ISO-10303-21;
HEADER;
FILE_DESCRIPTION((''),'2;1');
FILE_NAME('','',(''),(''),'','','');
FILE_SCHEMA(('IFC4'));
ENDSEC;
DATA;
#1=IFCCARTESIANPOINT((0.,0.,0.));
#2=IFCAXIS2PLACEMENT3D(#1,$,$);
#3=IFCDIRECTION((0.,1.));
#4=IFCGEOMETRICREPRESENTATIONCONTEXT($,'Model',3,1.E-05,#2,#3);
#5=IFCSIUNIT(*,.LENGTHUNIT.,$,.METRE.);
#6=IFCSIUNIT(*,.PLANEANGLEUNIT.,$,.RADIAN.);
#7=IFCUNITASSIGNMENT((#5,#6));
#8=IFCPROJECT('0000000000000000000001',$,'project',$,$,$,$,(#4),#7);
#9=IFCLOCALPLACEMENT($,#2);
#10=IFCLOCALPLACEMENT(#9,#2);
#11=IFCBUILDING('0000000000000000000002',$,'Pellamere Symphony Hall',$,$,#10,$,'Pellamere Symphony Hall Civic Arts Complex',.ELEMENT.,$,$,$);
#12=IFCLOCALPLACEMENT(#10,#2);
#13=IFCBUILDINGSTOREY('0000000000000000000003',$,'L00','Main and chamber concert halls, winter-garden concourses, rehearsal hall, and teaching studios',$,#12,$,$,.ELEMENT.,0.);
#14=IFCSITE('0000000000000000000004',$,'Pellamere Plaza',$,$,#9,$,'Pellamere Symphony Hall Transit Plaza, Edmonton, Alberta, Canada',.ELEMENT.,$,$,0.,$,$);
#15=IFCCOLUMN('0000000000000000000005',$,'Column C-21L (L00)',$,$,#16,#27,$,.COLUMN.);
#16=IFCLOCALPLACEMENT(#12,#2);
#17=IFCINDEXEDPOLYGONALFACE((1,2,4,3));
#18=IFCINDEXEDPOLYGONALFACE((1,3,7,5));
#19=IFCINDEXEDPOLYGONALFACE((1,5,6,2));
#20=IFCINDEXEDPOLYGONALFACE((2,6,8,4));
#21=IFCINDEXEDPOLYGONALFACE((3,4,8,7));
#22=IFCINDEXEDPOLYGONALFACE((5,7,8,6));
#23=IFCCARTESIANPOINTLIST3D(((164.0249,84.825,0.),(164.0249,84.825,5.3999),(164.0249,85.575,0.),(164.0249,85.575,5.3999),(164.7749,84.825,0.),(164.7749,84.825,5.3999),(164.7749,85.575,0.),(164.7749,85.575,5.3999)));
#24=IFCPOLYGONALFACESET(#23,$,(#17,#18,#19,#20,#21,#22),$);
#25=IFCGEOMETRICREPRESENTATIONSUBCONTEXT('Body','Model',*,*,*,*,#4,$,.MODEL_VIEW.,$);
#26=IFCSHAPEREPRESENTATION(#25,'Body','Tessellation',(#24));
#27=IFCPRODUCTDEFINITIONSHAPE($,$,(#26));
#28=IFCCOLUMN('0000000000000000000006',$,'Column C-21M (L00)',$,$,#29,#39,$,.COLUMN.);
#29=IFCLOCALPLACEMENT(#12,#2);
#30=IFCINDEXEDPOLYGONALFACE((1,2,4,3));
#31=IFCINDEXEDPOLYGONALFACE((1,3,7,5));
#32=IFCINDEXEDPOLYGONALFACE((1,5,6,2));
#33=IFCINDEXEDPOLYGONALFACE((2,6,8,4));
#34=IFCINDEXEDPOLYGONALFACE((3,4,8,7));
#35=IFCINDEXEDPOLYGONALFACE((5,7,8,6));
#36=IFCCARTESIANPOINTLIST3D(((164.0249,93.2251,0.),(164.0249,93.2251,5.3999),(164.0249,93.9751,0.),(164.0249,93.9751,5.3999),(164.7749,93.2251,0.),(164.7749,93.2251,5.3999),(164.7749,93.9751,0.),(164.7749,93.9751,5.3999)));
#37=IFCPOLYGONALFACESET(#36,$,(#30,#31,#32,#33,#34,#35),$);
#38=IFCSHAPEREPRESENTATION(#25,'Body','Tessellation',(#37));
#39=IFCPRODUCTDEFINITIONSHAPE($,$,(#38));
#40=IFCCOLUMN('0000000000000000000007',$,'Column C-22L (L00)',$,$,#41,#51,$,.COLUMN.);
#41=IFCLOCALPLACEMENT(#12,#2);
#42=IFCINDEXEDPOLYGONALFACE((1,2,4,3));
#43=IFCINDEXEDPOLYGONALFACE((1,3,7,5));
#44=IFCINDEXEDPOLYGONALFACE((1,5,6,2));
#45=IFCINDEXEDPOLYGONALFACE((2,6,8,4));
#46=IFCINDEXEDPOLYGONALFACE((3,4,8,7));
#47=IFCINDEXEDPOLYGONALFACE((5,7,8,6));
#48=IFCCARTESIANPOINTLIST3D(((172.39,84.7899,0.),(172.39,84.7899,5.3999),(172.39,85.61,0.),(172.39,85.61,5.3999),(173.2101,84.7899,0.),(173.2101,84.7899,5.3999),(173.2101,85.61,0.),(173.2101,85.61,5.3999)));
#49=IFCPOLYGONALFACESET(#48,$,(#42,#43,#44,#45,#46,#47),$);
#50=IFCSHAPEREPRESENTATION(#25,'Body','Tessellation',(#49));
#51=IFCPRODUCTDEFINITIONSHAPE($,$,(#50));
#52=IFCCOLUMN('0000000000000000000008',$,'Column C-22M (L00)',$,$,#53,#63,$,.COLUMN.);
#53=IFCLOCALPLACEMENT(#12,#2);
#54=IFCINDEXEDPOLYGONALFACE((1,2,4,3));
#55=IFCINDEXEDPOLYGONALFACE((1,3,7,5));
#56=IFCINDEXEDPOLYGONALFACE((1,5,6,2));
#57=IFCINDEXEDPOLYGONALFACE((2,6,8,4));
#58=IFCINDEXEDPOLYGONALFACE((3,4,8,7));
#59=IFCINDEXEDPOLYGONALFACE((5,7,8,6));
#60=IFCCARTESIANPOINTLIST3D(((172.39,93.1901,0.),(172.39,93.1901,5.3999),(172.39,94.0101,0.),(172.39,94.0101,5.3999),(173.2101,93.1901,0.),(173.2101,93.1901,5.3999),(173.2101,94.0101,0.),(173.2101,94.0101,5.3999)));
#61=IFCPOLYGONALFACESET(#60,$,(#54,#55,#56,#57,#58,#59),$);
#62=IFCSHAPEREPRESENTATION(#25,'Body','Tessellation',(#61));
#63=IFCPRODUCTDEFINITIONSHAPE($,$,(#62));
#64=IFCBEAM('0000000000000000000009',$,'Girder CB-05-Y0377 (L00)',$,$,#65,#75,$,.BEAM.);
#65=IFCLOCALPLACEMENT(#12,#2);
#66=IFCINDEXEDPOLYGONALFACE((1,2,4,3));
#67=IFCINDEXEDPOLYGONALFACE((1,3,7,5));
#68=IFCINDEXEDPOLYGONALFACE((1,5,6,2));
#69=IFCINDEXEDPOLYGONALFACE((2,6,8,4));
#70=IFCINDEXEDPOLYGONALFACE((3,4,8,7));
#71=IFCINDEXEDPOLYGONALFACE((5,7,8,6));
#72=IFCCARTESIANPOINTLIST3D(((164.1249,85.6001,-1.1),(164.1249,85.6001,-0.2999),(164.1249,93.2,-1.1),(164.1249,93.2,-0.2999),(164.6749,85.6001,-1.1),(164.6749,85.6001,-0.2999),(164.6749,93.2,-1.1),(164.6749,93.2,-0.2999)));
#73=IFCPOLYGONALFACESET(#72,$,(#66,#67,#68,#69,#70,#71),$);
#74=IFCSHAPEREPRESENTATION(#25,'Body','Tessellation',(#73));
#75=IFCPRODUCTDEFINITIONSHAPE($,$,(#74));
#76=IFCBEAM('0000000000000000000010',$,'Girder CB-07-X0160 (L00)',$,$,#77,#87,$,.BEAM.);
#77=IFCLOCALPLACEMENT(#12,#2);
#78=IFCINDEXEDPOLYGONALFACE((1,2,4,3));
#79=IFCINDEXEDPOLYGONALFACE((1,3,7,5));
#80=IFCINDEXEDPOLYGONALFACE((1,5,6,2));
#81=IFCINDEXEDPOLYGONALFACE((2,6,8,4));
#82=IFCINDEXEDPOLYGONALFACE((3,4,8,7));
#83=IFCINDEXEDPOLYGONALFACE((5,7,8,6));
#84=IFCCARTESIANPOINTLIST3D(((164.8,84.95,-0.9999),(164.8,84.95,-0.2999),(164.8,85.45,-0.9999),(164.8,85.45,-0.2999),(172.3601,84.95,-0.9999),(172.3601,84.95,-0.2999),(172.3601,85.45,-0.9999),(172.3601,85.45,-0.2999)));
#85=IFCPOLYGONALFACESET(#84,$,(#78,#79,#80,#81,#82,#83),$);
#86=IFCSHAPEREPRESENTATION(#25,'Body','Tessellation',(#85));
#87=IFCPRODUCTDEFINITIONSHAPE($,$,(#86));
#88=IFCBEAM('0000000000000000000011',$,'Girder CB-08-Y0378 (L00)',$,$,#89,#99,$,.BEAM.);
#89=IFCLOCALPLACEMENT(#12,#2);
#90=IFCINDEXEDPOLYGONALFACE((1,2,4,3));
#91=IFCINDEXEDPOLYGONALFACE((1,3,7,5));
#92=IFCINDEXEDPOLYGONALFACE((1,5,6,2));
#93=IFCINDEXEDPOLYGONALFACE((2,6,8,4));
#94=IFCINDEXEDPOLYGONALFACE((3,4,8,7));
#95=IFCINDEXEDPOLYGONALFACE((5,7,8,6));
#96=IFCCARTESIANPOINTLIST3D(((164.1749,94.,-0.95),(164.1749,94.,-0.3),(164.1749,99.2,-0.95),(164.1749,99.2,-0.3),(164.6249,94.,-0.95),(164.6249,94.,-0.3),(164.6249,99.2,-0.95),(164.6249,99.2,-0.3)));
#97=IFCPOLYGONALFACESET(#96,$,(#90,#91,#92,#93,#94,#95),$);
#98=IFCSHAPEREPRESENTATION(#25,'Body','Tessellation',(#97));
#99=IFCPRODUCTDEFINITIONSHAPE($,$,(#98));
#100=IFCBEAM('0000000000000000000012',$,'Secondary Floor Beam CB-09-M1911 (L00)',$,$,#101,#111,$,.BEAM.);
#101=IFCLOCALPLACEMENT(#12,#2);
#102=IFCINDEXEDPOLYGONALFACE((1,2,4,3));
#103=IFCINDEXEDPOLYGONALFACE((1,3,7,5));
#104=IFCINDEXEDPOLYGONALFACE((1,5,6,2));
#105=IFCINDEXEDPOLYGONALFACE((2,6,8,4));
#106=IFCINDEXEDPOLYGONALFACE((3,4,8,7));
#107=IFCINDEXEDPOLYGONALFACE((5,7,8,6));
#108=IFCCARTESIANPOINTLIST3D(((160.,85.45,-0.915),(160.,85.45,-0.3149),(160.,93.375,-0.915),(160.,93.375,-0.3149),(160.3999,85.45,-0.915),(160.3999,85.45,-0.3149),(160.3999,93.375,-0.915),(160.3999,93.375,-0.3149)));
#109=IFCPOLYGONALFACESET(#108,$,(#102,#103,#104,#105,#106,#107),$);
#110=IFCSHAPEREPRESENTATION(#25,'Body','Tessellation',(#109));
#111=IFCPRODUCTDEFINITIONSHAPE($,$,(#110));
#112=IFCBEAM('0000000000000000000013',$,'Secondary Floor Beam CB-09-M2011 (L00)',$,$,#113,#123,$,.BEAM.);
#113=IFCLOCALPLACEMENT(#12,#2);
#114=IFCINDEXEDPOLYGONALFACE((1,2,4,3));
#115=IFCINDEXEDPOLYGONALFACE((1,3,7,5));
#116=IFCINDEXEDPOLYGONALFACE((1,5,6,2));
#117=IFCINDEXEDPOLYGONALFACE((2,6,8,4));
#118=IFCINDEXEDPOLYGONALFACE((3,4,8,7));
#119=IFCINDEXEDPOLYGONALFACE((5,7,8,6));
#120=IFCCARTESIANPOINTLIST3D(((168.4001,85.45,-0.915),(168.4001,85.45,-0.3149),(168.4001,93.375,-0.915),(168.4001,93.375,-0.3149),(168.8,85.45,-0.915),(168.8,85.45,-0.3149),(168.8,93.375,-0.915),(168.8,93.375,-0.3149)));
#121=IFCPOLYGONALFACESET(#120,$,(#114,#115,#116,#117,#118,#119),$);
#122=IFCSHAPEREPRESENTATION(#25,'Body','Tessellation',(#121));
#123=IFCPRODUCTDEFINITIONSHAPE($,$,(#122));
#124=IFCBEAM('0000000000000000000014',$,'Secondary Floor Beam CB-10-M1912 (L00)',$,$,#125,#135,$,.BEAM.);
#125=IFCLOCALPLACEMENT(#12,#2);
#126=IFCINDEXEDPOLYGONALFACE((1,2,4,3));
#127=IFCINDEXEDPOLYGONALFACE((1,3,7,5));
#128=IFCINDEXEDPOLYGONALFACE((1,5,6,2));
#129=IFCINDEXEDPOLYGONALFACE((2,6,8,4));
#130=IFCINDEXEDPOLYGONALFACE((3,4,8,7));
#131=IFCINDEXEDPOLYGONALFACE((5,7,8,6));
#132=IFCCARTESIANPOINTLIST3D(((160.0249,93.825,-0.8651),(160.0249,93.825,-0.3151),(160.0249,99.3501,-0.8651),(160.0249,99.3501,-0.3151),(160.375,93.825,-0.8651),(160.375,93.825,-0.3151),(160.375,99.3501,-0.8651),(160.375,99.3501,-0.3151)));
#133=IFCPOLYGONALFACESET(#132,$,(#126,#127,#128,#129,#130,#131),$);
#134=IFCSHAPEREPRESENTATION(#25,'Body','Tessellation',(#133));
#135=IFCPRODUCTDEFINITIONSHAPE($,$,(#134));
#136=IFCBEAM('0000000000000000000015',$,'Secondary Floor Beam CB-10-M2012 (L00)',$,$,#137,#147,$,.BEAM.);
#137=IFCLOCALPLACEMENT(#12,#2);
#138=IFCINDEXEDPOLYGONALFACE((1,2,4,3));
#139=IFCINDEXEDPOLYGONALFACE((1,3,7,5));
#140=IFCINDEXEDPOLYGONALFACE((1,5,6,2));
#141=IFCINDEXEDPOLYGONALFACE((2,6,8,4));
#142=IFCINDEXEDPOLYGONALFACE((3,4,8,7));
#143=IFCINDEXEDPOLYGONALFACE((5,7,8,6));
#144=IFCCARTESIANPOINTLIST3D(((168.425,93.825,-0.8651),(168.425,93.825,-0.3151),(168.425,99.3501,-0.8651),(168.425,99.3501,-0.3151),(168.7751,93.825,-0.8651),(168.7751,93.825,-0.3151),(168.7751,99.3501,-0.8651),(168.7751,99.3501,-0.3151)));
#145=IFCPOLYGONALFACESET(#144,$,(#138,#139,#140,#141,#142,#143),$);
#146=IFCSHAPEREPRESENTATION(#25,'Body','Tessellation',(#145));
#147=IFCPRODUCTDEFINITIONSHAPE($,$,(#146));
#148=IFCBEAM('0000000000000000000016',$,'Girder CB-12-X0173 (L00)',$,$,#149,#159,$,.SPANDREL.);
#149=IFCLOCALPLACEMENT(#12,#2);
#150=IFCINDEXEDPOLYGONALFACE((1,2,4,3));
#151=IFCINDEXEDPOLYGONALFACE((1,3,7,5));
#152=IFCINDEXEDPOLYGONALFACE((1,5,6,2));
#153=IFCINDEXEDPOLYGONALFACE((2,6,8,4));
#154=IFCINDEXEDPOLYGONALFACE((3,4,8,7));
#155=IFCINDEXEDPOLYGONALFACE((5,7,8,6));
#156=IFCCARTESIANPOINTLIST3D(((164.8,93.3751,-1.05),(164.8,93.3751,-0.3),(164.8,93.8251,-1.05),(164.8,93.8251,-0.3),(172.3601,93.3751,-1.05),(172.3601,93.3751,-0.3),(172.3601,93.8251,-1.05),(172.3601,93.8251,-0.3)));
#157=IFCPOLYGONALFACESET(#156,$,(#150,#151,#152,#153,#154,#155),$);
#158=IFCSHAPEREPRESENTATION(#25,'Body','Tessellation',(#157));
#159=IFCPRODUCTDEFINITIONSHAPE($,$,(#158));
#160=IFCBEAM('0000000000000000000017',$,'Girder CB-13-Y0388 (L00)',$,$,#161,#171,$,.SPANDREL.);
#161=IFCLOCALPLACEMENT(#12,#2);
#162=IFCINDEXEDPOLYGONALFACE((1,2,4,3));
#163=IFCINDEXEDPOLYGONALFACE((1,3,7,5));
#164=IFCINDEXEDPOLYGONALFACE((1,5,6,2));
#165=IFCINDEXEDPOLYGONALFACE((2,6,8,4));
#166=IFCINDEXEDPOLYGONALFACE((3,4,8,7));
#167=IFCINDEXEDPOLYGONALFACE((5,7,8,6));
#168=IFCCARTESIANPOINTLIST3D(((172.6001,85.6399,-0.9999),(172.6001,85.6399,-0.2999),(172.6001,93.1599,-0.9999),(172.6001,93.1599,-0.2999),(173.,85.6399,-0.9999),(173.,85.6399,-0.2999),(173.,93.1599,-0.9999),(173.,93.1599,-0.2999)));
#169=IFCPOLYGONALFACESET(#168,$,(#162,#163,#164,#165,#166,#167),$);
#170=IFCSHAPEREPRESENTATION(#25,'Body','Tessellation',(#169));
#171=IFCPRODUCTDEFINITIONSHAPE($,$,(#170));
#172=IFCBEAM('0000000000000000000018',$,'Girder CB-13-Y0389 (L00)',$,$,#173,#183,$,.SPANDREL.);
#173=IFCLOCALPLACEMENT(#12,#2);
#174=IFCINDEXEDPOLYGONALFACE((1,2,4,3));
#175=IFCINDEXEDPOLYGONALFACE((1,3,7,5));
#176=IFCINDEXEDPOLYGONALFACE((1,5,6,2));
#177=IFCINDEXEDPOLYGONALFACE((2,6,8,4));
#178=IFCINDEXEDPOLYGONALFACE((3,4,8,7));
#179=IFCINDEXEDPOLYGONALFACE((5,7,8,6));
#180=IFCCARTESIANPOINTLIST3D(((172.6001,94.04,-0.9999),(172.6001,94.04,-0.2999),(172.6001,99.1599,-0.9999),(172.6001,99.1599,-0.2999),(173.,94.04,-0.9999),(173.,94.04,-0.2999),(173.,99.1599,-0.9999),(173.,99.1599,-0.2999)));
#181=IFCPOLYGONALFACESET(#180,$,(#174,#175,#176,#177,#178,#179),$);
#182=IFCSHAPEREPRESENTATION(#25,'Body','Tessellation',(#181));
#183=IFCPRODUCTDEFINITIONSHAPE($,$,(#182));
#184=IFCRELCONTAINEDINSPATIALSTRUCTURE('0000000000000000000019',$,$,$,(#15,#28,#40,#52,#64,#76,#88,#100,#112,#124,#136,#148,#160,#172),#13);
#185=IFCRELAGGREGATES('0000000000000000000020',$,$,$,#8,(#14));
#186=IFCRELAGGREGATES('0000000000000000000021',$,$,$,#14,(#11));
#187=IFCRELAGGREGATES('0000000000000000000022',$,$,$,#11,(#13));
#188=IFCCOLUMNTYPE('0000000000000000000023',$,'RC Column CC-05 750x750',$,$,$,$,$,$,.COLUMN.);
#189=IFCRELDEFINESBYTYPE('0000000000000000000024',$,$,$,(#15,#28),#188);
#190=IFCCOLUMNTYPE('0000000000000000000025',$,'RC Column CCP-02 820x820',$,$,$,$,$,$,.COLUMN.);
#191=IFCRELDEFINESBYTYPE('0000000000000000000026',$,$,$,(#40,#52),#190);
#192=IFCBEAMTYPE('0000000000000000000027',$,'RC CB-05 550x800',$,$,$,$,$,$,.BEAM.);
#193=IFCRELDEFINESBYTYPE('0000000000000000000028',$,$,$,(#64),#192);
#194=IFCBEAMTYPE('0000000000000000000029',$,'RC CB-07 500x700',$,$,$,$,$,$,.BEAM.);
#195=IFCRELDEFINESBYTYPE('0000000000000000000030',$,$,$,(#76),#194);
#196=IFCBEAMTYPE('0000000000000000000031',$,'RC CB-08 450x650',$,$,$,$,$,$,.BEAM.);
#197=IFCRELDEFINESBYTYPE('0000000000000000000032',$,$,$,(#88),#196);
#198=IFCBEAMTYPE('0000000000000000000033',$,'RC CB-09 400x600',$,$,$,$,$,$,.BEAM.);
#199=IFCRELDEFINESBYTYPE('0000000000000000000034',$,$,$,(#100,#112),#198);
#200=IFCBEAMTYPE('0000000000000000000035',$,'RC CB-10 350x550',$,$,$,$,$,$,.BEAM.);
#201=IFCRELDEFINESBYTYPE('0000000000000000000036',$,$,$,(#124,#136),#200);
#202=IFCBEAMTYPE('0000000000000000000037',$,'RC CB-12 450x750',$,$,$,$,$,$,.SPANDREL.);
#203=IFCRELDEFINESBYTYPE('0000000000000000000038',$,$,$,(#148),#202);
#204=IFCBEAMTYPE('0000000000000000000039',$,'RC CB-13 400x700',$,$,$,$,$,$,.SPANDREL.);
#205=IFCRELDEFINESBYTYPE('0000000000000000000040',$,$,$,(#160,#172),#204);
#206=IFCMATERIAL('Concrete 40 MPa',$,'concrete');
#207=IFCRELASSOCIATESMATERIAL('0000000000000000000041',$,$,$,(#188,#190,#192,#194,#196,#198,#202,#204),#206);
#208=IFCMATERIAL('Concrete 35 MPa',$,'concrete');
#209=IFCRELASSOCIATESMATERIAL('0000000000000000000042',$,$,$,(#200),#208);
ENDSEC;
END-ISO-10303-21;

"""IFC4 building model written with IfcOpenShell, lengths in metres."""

from ifc_helpers import new_model, si_unit, direction, frame, origin, origin_2d, place, context, subcontext, project, spatial, rectangle, extrude, material, material_profile, profile_set, type_object, element, save


model = new_model("IFC4")

# Units and contexts
model_context = context("Model", 3, precision=1e-05, world=origin(), true_north=direction((0.0, 1.0)))
body_context = subcontext(model_context, "Body", "Model", "MODEL_VIEW")
ifc_project = project(units=[si_unit("LENGTHUNIT", "METRE"), si_unit("PLANEANGLEUNIT", "RADIAN")], contexts=[model_context])

# Site, building, storey
site_placement = place(None, origin())
site = spatial("IfcSite", under=ifc_project, at=site_placement, Name="Pellamere Plaza", LongName="Pellamere Symphony Hall Transit Plaza, Edmonton, Alberta, Canada", CompositionType="ELEMENT", RefElevation=0.0)
building_placement = place(site_placement, origin())
building = spatial("IfcBuilding", under=site, at=building_placement, Name="Pellamere Symphony Hall", LongName="Pellamere Symphony Hall Civic Arts Complex", CompositionType="ELEMENT")
storey_placement = place(building_placement, origin())
storey = spatial("IfcBuildingStorey", under=building, at=storey_placement, Name="L00", Description="Main and chamber concert halls, winter-garden concourses, rehearsal hall, and teaching studios", CompositionType="ELEMENT", Elevation=0.0)

# Columns
ifc_material_1 = material(Name="Concrete 40 MPa", Category="concrete")
ifc_material_profile_1 = material_profile(ifc_material_1, rectangle(XDim=0.75, YDim=0.75, at=origin_2d()), Name="RC 750x750")
ifc_profile_set_1 = profile_set([ifc_material_profile_1], Name="Concrete 40 MPa")
column_type_1 = type_object("IfcColumnType", Name="RC Column CC-05 750x750", PredefinedType="COLUMN", material=ifc_profile_set_1)
for number, where, z_axis, x_axis, name in (
    (1, (164.3999, 85.2, 0.0), (0.0, 0.0, 1.0), (1.0, 0.0, 0.0), "Column C-21L (L00)"),
    (2, (164.3999, 93.6001, 0.0), (0.0, 0.0, 1.0), (1.0, 0.0, 0.0), "Column C-21M (L00)"),
):
    element("IfcColumn", number, at=place(storey_placement, frame(where, z_axis=z_axis, x_axis=x_axis)), inside=storey, type_object=column_type_1, Name=name, PredefinedType="COLUMN", context=body_context, shape_type="SweptSolid", body=[
        extrude(rectangle(XDim=0.75, YDim=0.75, at=origin_2d()), origin(), (0.0, 0.0, 1.0), 5.3999),
    ])
ifc_material_profile_2 = material_profile(ifc_material_1, rectangle(XDim=0.8201, YDim=0.8201, at=origin_2d()), Name="RC 820x820")
ifc_profile_set_2 = profile_set([ifc_material_profile_2], Name="Concrete 40 MPa")
column_type_2 = type_object("IfcColumnType", Name="RC Column CCP-02 820x820", PredefinedType="COLUMN", material=ifc_profile_set_2)
for number, where, z_axis, x_axis, name in (
    (3, (172.8, 85.2, 0.0), (0.0, 0.0, 1.0), (1.0, 0.0, 0.0), "Column C-22L (L00)"),
    (4, (172.8, 93.6001, 0.0), (0.0, 0.0, 1.0), (1.0, 0.0, 0.0), "Column C-22M (L00)"),
):
    element("IfcColumn", number, at=place(storey_placement, frame(where, z_axis=z_axis, x_axis=x_axis)), inside=storey, type_object=column_type_2, Name=name, PredefinedType="COLUMN", context=body_context, shape_type="SweptSolid", body=[
        extrude(rectangle(XDim=0.8201, YDim=0.8201, at=origin_2d()), origin(), (0.0, 0.0, 1.0), 5.3999),
    ])

# Beams
ifc_material_profile_3 = material_profile(ifc_material_1, rectangle(XDim=0.55, YDim=0.8, at=origin_2d()), Name="RC 550x800")
ifc_profile_set_3 = profile_set([ifc_material_profile_3], Name="Concrete 40 MPa")
beam_type_1 = type_object("IfcBeamType", Name="RC CB-05 550x800", PredefinedType="BEAM", material=ifc_profile_set_3)
beam_1_placement = place(storey_placement, frame((164.3999, 85.6001, -0.7), z_axis=(0.0, 1.0, 0.0), x_axis=(-1.0, 0.0, 0.0)))
element("IfcBeam", 5, at=beam_1_placement, inside=storey, type_object=beam_type_1, Name="Girder CB-05-Y0377 (L00)", PredefinedType="BEAM", context=body_context, shape_type="SweptSolid", body=[
    extrude(rectangle(XDim=0.55, YDim=0.8, at=origin_2d()), origin(), (0.0, 0.0, 1.0), 7.5999),
])
ifc_material_profile_4 = material_profile(ifc_material_1, rectangle(XDim=0.5, YDim=0.7, at=origin_2d()), Name="RC 500x700")
ifc_profile_set_4 = profile_set([ifc_material_profile_4], Name="Concrete 40 MPa")
beam_type_2 = type_object("IfcBeamType", Name="RC CB-07 500x700", PredefinedType="BEAM", material=ifc_profile_set_4)
beam_2_placement = place(storey_placement, frame((164.8, 85.2, -0.6499), z_axis=(1.0, 0.0, 0.0), x_axis=(0.0, 1.0, 0.0)))
element("IfcBeam", 6, at=beam_2_placement, inside=storey, type_object=beam_type_2, Name="Girder CB-07-X0160 (L00)", PredefinedType="BEAM", context=body_context, shape_type="SweptSolid", body=[
    extrude(rectangle(XDim=0.5, YDim=0.7, at=origin_2d()), origin(), (0.0, 0.0, 1.0), 7.5601),
])
ifc_material_profile_5 = material_profile(ifc_material_1, rectangle(XDim=0.45, YDim=0.6499, at=origin_2d()), Name="RC 450x650")
ifc_profile_set_5 = profile_set([ifc_material_profile_5], Name="Concrete 40 MPa")
beam_type_3 = type_object("IfcBeamType", Name="RC CB-08 450x650", PredefinedType="BEAM", material=ifc_profile_set_5)
beam_3_placement = place(storey_placement, frame((164.3999, 94.0, -0.625), z_axis=(0.0, 1.0, 0.0), x_axis=(-1.0, 0.0, 0.0)))
element("IfcBeam", 7, at=beam_3_placement, inside=storey, type_object=beam_type_3, Name="Girder CB-08-Y0378 (L00)", PredefinedType="BEAM", context=body_context, shape_type="SweptSolid", body=[
    extrude(rectangle(XDim=0.45, YDim=0.6499, at=origin_2d()), origin(), (0.0, 0.0, 1.0), 5.2),
])
ifc_material_profile_6 = material_profile(ifc_material_1, rectangle(XDim=0.3999, YDim=0.6001, at=origin_2d()), Name="RC 400x600")
ifc_profile_set_6 = profile_set([ifc_material_profile_6], Name="Concrete 40 MPa")
beam_type_4 = type_object("IfcBeamType", Name="RC CB-09 400x600", PredefinedType="BEAM", material=ifc_profile_set_6)
for number, where, z_axis, x_axis, name in (
    (8, (160.2, 85.45, -0.615), (0.0, 1.0, 0.0), (-1.0, 0.0, 0.0), "Secondary Floor Beam CB-09-M1911 (L00)"),
    (9, (168.6001, 85.45, -0.615), (0.0, 1.0, 0.0), (-1.0, 0.0, 0.0), "Secondary Floor Beam CB-09-M2011 (L00)"),
):
    element("IfcBeam", number, at=place(storey_placement, frame(where, z_axis=z_axis, x_axis=x_axis)), inside=storey, type_object=beam_type_4, Name=name, PredefinedType="BEAM", context=body_context, shape_type="SweptSolid", body=[
        extrude(rectangle(XDim=0.3999, YDim=0.6001, at=origin_2d()), origin(), (0.0, 0.0, 1.0), 7.925),
    ])
ifc_material_2 = material(Name="Concrete 35 MPa", Category="concrete")
ifc_material_profile_7 = material_profile(ifc_material_2, rectangle(XDim=0.3501, YDim=0.55, at=origin_2d()), Name="RC 350x550")
ifc_profile_set_7 = profile_set([ifc_material_profile_7], Name="Concrete 35 MPa")
beam_type_5 = type_object("IfcBeamType", Name="RC CB-10 350x550", PredefinedType="BEAM", material=ifc_profile_set_7)
for number, where, z_axis, x_axis, name in (
    (10, (160.2, 93.825, -0.5901), (0.0, 1.0, 0.0), (-1.0, 0.0, 0.0), "Secondary Floor Beam CB-10-M1912 (L00)"),
    (11, (168.6001, 93.825, -0.5901), (0.0, 1.0, 0.0), (-1.0, 0.0, 0.0), "Secondary Floor Beam CB-10-M2012 (L00)"),
):
    element("IfcBeam", number, at=place(storey_placement, frame(where, z_axis=z_axis, x_axis=x_axis)), inside=storey, type_object=beam_type_5, Name=name, PredefinedType="BEAM", context=body_context, shape_type="SweptSolid", body=[
        extrude(rectangle(XDim=0.3501, YDim=0.55, at=origin_2d()), origin(), (0.0, 0.0, 1.0), 5.5251),
    ])
ifc_material_profile_8 = material_profile(ifc_material_1, rectangle(XDim=0.45, YDim=0.75, at=origin_2d()), Name="RC 450x750")
ifc_profile_set_8 = profile_set([ifc_material_profile_8], Name="Concrete 40 MPa")
beam_type_6 = type_object("IfcBeamType", Name="RC CB-12 450x750", PredefinedType="SPANDREL", material=ifc_profile_set_8)
beam_4_placement = place(storey_placement, frame((164.8, 93.6001, -0.675), z_axis=(1.0, 0.0, 0.0), x_axis=(0.0, 1.0, 0.0)))
element("IfcBeam", 12, at=beam_4_placement, inside=storey, type_object=beam_type_6, Name="Girder CB-12-X0173 (L00)", PredefinedType="SPANDREL", context=body_context, shape_type="SweptSolid", body=[
    extrude(rectangle(XDim=0.45, YDim=0.75, at=origin_2d()), origin(), (0.0, 0.0, 1.0), 7.5601),
])
ifc_material_profile_9 = material_profile(ifc_material_1, rectangle(XDim=0.3999, YDim=0.7, at=origin_2d()), Name="RC 400x700")
ifc_profile_set_9 = profile_set([ifc_material_profile_9], Name="Concrete 40 MPa")
beam_type_7 = type_object("IfcBeamType", Name="RC CB-13 400x700", PredefinedType="SPANDREL", material=ifc_profile_set_9)
beam_5_placement = place(storey_placement, frame((172.8, 85.6399, -0.6499), z_axis=(0.0, 1.0, 0.0), x_axis=(-1.0, 0.0, 0.0)))
element("IfcBeam", 13, at=beam_5_placement, inside=storey, type_object=beam_type_7, Name="Girder CB-13-Y0388 (L00)", PredefinedType="SPANDREL", context=body_context, shape_type="SweptSolid", body=[
    extrude(rectangle(XDim=0.3999, YDim=0.7, at=origin_2d()), origin(), (0.0, 0.0, 1.0), 7.52),
])
beam_6_placement = place(storey_placement, frame((172.8, 94.04, -0.6499), z_axis=(0.0, 1.0, 0.0), x_axis=(-1.0, 0.0, 0.0)))
element("IfcBeam", 14, at=beam_6_placement, inside=storey, type_object=beam_type_7, Name="Girder CB-13-Y0389 (L00)", PredefinedType="SPANDREL", context=body_context, shape_type="SweptSolid", body=[
    extrude(rectangle(XDim=0.3999, YDim=0.7, at=origin_2d()), origin(), (0.0, 0.0, 1.0), 5.1199),
])

save(model, "model.ifc")
